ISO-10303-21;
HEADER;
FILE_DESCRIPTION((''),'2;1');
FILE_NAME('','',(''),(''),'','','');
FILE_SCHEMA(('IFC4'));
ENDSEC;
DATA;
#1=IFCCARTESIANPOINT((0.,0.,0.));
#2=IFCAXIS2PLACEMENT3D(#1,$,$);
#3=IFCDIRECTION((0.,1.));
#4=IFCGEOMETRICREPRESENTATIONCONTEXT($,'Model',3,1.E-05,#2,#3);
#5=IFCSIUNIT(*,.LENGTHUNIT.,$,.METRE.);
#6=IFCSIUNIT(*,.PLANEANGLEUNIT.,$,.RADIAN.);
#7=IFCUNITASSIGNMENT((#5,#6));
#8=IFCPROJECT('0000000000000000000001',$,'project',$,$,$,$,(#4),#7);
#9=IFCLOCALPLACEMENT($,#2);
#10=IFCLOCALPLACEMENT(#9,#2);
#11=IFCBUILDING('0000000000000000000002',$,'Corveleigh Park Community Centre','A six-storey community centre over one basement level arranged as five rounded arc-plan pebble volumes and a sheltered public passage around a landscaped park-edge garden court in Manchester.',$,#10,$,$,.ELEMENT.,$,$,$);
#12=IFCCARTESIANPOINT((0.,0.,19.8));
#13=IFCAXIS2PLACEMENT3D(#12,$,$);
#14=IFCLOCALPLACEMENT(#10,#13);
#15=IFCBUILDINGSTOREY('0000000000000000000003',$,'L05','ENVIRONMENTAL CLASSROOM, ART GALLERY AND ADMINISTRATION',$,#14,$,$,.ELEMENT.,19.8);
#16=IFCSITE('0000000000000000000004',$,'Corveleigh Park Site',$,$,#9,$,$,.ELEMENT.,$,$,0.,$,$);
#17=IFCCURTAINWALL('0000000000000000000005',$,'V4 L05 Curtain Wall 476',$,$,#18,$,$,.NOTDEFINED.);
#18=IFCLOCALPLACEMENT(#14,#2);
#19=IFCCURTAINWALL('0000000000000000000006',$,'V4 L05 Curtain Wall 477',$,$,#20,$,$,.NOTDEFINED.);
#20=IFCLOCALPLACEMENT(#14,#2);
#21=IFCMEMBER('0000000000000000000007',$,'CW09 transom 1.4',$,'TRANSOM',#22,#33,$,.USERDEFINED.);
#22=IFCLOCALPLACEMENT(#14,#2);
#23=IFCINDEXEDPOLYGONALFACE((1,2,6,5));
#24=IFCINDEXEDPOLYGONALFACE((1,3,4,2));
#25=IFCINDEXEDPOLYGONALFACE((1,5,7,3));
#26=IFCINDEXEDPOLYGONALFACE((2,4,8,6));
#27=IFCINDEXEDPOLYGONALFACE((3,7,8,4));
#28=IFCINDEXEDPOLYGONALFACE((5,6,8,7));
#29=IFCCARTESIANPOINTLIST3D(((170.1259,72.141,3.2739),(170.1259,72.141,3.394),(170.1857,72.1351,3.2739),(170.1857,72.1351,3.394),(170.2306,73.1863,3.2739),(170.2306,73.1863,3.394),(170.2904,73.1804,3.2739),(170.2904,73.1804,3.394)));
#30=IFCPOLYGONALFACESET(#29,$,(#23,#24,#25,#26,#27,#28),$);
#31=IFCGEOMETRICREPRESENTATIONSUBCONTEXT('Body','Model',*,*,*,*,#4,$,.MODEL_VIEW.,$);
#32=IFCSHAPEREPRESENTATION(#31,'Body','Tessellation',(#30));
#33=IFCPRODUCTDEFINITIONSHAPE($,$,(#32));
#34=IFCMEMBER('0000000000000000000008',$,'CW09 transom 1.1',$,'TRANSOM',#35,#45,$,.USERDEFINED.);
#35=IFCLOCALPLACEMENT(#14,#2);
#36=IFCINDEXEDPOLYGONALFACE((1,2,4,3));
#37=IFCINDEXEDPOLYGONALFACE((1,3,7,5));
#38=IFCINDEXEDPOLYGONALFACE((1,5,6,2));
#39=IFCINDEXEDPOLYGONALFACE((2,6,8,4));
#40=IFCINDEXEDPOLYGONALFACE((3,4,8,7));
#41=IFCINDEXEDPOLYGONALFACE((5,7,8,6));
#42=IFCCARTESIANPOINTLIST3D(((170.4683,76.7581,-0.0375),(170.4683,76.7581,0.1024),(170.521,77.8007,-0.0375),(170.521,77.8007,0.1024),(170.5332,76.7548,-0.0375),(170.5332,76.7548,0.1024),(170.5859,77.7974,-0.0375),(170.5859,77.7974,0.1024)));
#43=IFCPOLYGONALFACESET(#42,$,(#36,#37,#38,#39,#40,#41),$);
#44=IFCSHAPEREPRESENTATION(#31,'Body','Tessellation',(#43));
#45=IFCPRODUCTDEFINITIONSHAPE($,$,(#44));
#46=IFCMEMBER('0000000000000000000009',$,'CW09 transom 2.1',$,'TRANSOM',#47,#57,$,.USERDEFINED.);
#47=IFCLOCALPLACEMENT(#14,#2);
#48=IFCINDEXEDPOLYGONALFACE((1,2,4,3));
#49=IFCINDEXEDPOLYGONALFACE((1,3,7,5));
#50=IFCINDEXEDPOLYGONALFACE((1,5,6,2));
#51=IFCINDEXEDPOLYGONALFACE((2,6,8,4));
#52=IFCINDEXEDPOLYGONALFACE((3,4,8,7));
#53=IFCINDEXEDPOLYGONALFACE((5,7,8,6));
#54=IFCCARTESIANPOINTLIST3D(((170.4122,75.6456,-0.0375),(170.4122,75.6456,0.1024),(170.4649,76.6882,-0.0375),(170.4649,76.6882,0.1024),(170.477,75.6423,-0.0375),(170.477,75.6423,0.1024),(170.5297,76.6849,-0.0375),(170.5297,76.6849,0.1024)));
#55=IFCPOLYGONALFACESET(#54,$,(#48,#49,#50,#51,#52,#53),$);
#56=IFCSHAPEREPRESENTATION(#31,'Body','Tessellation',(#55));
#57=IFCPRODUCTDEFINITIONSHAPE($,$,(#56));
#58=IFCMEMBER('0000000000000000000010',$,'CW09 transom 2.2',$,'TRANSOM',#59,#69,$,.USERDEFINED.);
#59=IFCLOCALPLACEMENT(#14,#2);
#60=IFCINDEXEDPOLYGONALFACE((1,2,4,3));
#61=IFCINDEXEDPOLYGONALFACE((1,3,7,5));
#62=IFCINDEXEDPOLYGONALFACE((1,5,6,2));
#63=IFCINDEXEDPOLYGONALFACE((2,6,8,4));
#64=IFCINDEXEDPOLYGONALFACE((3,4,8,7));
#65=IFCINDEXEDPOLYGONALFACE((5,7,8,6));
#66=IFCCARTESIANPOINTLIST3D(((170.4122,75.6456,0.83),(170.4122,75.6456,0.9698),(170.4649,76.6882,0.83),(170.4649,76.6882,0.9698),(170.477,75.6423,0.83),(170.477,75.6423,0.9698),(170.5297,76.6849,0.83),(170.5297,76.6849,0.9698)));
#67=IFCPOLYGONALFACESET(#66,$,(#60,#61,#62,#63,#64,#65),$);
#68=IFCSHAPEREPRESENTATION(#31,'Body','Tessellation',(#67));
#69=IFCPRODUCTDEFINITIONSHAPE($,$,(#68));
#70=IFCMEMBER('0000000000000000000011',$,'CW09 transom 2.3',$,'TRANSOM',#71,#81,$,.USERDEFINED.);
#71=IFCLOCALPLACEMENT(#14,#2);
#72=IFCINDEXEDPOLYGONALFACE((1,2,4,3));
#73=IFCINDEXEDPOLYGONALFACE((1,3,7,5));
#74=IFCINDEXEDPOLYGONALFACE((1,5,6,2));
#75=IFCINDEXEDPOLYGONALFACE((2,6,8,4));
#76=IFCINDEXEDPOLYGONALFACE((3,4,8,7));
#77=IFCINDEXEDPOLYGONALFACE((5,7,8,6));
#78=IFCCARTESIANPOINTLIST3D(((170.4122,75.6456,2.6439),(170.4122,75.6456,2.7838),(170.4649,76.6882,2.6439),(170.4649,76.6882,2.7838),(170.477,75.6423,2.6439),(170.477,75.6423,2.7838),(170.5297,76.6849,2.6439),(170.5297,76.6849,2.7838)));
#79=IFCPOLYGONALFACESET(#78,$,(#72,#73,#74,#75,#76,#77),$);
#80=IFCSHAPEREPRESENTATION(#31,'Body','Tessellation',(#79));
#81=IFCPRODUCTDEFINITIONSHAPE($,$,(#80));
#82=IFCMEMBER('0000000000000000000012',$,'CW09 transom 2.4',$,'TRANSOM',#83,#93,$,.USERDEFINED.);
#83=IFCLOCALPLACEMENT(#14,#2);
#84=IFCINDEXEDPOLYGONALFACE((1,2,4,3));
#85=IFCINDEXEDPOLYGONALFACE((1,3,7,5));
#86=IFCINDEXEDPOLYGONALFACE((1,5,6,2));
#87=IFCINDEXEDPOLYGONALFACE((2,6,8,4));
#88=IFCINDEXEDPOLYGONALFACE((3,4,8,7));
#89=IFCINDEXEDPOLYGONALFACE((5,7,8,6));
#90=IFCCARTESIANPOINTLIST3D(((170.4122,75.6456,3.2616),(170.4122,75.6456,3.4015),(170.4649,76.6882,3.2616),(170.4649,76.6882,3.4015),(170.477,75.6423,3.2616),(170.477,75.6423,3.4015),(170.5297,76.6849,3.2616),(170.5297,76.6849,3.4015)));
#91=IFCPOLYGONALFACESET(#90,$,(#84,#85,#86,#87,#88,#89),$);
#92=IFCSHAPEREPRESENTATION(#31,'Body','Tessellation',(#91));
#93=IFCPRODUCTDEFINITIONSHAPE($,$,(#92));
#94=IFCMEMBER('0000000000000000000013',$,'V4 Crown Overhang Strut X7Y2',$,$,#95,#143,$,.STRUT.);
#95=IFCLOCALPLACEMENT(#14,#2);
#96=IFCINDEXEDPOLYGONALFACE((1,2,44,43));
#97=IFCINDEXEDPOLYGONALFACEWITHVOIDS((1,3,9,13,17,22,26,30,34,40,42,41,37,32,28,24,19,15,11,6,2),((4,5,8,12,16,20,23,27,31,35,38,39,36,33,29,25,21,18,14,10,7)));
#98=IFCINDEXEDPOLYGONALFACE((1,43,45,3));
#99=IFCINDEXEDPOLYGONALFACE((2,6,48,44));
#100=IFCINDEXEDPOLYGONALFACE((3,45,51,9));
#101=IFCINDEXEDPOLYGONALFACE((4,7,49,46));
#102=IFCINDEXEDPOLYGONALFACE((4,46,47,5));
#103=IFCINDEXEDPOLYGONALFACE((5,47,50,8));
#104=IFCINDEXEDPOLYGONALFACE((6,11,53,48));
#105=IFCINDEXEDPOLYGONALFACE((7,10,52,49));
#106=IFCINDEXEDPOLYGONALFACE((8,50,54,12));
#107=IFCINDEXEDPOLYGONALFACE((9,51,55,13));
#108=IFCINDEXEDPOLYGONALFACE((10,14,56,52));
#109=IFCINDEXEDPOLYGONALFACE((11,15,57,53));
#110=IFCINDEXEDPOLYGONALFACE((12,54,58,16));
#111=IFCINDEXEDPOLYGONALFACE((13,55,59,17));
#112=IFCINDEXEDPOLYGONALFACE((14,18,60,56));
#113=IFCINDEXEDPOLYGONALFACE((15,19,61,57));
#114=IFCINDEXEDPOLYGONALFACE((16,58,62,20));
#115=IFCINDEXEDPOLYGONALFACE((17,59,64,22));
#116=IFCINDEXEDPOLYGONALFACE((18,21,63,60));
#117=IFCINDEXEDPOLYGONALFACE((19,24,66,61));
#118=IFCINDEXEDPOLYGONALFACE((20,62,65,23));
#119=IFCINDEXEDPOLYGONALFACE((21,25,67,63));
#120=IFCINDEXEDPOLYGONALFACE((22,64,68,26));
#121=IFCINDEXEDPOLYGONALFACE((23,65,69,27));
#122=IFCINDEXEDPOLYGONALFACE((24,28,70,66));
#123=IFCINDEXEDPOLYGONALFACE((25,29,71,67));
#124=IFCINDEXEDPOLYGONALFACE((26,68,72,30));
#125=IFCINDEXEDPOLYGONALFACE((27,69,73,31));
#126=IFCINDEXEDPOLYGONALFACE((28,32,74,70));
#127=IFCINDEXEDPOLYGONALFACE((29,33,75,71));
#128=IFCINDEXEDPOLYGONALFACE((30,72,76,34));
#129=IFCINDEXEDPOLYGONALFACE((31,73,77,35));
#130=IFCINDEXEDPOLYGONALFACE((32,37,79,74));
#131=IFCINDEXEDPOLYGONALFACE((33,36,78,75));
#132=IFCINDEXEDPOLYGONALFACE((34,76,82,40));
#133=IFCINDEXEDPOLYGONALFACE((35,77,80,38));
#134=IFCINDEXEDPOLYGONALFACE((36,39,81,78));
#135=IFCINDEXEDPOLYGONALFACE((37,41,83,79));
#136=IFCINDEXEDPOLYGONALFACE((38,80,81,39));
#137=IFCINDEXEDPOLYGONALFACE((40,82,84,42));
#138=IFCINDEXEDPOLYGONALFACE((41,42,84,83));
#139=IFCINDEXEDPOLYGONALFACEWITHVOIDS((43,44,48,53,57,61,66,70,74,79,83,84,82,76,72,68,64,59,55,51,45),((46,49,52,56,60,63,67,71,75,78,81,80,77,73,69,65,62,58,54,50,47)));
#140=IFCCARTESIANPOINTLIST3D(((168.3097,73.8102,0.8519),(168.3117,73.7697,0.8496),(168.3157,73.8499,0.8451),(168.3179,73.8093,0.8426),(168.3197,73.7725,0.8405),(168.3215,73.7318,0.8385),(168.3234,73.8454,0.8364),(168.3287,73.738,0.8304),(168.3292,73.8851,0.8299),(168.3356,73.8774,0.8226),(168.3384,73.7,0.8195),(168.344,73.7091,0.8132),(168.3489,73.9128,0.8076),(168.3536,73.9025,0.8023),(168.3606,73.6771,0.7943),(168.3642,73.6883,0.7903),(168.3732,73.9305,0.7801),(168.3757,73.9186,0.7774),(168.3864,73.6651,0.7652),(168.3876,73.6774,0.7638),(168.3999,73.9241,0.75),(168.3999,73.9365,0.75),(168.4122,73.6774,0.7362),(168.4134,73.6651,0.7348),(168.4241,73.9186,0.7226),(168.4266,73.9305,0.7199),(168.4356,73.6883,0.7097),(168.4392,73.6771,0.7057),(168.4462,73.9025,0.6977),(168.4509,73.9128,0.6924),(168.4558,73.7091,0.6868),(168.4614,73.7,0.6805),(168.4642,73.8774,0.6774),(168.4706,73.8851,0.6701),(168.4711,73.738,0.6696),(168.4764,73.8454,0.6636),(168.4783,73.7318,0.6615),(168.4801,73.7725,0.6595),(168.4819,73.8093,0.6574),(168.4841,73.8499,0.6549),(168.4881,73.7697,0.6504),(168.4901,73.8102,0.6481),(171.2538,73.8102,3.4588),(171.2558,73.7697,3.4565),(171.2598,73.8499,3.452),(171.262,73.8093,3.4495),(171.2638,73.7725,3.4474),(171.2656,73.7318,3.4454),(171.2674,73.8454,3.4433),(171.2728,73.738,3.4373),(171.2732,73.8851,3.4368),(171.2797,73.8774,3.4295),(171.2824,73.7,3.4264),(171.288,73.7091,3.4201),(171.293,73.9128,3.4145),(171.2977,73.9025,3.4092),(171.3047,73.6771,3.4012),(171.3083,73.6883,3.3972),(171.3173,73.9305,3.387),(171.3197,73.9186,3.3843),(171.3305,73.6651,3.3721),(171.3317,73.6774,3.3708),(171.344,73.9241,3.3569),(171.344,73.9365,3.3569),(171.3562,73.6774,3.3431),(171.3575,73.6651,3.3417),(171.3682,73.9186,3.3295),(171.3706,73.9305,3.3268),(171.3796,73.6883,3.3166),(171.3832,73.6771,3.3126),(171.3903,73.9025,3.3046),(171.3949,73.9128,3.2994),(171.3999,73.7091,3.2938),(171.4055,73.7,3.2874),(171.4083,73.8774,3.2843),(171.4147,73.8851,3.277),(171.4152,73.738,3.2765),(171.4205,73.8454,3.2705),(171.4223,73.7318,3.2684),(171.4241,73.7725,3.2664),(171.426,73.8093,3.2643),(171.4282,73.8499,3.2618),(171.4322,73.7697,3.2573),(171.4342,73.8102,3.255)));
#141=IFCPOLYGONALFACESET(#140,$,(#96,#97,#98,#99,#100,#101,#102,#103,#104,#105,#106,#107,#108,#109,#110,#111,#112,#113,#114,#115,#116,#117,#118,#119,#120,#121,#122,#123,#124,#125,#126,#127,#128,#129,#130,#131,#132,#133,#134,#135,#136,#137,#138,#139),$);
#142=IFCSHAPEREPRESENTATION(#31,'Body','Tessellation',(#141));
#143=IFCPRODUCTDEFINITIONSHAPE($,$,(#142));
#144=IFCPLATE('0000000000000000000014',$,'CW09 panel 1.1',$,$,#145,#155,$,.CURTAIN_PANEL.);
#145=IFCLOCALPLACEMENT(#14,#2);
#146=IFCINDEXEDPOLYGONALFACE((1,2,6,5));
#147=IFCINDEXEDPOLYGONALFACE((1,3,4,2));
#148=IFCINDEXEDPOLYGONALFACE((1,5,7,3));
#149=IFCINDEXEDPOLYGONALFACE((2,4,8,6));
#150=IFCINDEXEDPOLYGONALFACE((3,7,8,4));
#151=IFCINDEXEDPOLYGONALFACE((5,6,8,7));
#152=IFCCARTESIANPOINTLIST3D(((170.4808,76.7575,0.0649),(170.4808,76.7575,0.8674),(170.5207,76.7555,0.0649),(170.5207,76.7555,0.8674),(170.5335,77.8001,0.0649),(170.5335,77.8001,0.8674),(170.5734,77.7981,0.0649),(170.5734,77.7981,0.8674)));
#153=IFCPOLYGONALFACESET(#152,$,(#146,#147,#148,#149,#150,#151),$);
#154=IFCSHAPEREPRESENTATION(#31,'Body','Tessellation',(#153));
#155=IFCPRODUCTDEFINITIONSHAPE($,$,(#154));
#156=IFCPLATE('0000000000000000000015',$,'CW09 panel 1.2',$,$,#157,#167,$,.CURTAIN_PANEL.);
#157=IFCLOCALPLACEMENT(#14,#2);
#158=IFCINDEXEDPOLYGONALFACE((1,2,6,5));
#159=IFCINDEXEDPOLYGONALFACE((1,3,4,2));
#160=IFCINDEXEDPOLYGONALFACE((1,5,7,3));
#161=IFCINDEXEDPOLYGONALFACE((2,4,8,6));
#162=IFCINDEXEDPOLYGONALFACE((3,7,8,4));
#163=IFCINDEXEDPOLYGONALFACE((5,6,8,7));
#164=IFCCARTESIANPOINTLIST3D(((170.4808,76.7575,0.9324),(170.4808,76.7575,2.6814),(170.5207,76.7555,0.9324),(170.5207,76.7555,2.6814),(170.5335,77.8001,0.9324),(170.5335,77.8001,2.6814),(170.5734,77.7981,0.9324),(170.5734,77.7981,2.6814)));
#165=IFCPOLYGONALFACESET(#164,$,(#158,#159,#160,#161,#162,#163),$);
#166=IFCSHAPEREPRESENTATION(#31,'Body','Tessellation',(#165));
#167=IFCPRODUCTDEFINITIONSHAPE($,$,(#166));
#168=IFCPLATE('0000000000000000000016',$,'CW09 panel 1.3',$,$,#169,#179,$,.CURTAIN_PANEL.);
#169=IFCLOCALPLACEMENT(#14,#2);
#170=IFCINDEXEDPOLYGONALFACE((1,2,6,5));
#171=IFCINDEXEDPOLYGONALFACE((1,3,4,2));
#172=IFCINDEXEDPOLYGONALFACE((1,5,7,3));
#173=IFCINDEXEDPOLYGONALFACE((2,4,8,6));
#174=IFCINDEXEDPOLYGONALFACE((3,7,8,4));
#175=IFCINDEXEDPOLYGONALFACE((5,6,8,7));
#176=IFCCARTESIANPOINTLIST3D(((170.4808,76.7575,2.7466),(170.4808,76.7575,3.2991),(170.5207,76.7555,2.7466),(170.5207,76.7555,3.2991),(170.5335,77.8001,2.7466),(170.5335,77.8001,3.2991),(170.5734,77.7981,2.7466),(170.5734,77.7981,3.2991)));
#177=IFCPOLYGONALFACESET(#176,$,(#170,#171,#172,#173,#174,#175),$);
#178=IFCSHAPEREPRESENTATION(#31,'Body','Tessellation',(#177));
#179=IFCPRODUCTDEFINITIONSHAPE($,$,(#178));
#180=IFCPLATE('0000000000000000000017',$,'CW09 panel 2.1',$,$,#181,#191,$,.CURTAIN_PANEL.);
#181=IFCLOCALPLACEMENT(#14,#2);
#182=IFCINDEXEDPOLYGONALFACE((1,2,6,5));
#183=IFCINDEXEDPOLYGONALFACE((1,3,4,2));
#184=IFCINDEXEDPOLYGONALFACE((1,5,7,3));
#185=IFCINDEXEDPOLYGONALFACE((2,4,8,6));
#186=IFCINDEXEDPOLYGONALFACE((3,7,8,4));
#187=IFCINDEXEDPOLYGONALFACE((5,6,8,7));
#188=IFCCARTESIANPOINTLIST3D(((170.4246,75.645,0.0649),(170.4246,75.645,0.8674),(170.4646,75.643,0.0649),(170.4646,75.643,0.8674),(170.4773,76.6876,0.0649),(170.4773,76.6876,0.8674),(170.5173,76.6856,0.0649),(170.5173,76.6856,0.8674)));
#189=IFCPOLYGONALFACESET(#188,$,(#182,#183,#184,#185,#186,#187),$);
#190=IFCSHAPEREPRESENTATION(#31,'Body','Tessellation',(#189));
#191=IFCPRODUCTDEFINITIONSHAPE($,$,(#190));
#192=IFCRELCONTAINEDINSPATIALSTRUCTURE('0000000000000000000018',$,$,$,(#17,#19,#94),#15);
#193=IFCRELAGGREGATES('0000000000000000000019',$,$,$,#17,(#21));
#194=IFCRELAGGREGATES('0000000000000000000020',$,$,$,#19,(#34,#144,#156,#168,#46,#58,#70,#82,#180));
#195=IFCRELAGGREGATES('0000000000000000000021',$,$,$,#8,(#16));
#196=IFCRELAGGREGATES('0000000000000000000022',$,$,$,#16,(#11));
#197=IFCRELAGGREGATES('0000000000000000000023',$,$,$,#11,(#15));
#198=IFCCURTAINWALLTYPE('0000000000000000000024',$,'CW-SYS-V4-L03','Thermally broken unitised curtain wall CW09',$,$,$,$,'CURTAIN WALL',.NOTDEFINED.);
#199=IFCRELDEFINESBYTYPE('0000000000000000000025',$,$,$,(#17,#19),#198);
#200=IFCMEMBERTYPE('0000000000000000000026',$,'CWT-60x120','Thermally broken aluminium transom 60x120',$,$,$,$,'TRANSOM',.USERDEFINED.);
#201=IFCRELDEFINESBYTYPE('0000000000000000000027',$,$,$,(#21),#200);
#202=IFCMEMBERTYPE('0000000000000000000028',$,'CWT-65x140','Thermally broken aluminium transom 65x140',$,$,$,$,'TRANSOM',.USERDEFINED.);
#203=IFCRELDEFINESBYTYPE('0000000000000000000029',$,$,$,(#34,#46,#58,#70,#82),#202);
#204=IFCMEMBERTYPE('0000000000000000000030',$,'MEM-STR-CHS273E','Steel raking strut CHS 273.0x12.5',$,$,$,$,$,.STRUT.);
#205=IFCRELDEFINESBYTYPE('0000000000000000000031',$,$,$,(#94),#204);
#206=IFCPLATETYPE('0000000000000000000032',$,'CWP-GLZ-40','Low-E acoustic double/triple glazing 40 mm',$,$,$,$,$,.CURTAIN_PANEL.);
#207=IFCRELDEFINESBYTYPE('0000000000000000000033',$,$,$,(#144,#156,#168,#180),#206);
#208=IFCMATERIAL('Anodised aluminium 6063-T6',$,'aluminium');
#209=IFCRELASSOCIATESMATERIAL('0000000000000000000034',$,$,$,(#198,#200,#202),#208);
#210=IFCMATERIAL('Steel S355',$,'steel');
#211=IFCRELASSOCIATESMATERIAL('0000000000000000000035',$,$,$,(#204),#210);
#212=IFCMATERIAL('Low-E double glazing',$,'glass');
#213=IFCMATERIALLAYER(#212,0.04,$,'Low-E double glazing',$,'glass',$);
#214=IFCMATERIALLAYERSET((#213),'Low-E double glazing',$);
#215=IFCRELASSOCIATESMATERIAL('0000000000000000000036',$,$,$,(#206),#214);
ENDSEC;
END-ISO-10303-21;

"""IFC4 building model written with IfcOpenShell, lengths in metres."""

from ifc_helpers import new_model, si_unit, direction, frame, origin, origin_2d, place, context, subcontext, project, spatial, rectangle, hollow_circle, extrude, material, layer, layer_set, material_profile, profile_set, type_object, element, aggregate, save


model = new_model("IFC4")

# Units and contexts
model_context = context("Model", 3, precision=1e-05, world=origin(), true_north=direction((0.0, 1.0)))
body_context = subcontext(model_context, "Body", "Model", "MODEL_VIEW")
ifc_project = project(units=[si_unit("LENGTHUNIT", "METRE"), si_unit("PLANEANGLEUNIT", "RADIAN")], contexts=[model_context])

# Site, building, storey
site_placement = place(None, origin())
site = spatial("IfcSite", under=ifc_project, at=site_placement, Name="Corveleigh Park Site", CompositionType="ELEMENT", RefElevation=0.0)
building_placement = place(site_placement, origin())
building = spatial("IfcBuilding", under=site, at=building_placement, Name="Corveleigh Park Community Centre", Description="A six-storey community centre over one basement level arranged as five rounded arc-plan pebble volumes and a sheltered public passage around a landscaped park-edge garden court in Manchester.", CompositionType="ELEMENT")
storey_placement = place(building_placement, frame((0.0, 0.0, 19.8)))
storey = spatial("IfcBuildingStorey", under=building, at=storey_placement, Name="L05", Description="ENVIRONMENTAL CLASSROOM, ART GALLERY AND ADMINISTRATION", CompositionType="ELEMENT", Elevation=19.8)

# Shared definitions
ifc_material_1 = material(Name="Steel S355", Category="steel")

# Curtain wall
ifc_material_2 = material(Name="Anodised aluminium 6063-T6", Category="aluminium")
curtain_wall_type = type_object("IfcCurtainWallType", Name="CW-SYS-V4-L03", Description="Thermally broken unitised curtain wall CW09", ElementType="CURTAIN WALL", PredefinedType="NOTDEFINED", material=ifc_material_2)
curtain_wall_1_placement = place(storey_placement, origin())
curtain_wall_1 = element("IfcCurtainWall", 1, at=curtain_wall_1_placement, inside=storey, type_object=curtain_wall_type, Name="V4 L05 Curtain Wall 476", PredefinedType="NOTDEFINED")

# Curtain wall
curtain_wall_2_placement = place(storey_placement, origin())
curtain_wall_2 = element("IfcCurtainWall", 2, at=curtain_wall_2_placement, inside=storey, type_object=curtain_wall_type, Name="V4 L05 Curtain Wall 477", PredefinedType="NOTDEFINED")

# Members
ifc_material_profile_1 = material_profile(ifc_material_2, rectangle(XDim=0.0601, YDim=0.1201, at=origin_2d()), Name="ALU-T60x120", Category="aluminium")
ifc_profile_set_1 = profile_set([ifc_material_profile_1], Name="Anodised aluminium 6063-T6")
member_type_1 = type_object("IfcMemberType", Name="CWT-60x120", Description="Thermally broken aluminium transom 60x120", ElementType="TRANSOM", PredefinedType="USERDEFINED", material=ifc_profile_set_1)
member_1_placement = place(storey_placement, frame((170.2605, 73.1833, 3.334), z_axis=(-0.099688, -0.995019, 0.0), x_axis=(0.995019, -0.099688, 0.0)))
member_1 = element("IfcMember", 3, at=member_1_placement, type_object=member_type_1, Name="CW09 transom 1.4", ObjectType="TRANSOM", PredefinedType="USERDEFINED", context=body_context, shape_type="SweptSolid", body=[
    extrude(rectangle(XDim=0.0601, YDim=0.1201, at=origin_2d()), origin(), (0.0, 0.0, 1.0), 1.0505),
])
aggregate(curtain_wall_1, [member_1])
ifc_material_profile_2 = material_profile(ifc_material_2, rectangle(XDim=0.0649, YDim=0.1399, at=origin_2d()), Name="ALU-T65x140", Category="aluminium")
ifc_profile_set_2 = profile_set([ifc_material_profile_2], Name="Anodised aluminium 6063-T6")
member_type_2 = type_object("IfcMemberType", Name="CWT-65x140", Description="Thermally broken aluminium transom 65x140", ElementType="TRANSOM", PredefinedType="USERDEFINED", material=ifc_profile_set_2)
member_2_placement = place(storey_placement, frame((170.5535, 77.7991, 0.0325), z_axis=(-0.050509, -0.998724, 0.0), x_axis=(0.998724, -0.050509, 0.0)))
member_2 = element("IfcMember", 4, at=member_2_placement, type_object=member_type_2, Name="CW09 transom 1.1", ObjectType="TRANSOM", PredefinedType="USERDEFINED", context=body_context, shape_type="SweptSolid", body=[
    extrude(rectangle(XDim=0.0649, YDim=0.1399, at=origin_2d()), origin(), (0.0, 0.0, 1.0), 1.0439),
])
member_3_placement = place(storey_placement, frame((170.4973, 76.6865, 0.0325), z_axis=(-0.050509, -0.998724, 0.0), x_axis=(0.998724, -0.050509, 0.0)))
member_3 = element("IfcMember", 5, at=member_3_placement, type_object=member_type_2, Name="CW09 transom 2.1", ObjectType="TRANSOM", PredefinedType="USERDEFINED", context=body_context, shape_type="SweptSolid", body=[
    extrude(rectangle(XDim=0.0649, YDim=0.1399, at=origin_2d()), origin(), (0.0, 0.0, 1.0), 1.0439),
])
member_4_placement = place(storey_placement, frame((170.4973, 76.6865, 0.8999), z_axis=(-0.050509, -0.998724, 0.0), x_axis=(0.998724, -0.050509, 0.0)))
member_4 = element("IfcMember", 6, at=member_4_placement, type_object=member_type_2, Name="CW09 transom 2.2", ObjectType="TRANSOM", PredefinedType="USERDEFINED", context=body_context, shape_type="SweptSolid", body=[
    extrude(rectangle(XDim=0.0649, YDim=0.1399, at=origin_2d()), origin(), (0.0, 0.0, 1.0), 1.0439),
])
member_5_placement = place(storey_placement, frame((170.4973, 76.6865, 2.7139), z_axis=(-0.050509, -0.998724, 0.0), x_axis=(0.998724, -0.050509, 0.0)))
member_5 = element("IfcMember", 7, at=member_5_placement, type_object=member_type_2, Name="CW09 transom 2.3", ObjectType="TRANSOM", PredefinedType="USERDEFINED", context=body_context, shape_type="SweptSolid", body=[
    extrude(rectangle(XDim=0.0649, YDim=0.1399, at=origin_2d()), origin(), (0.0, 0.0, 1.0), 1.0439),
])
member_6_placement = place(storey_placement, frame((170.4973, 76.6865, 3.3315), z_axis=(-0.050509, -0.998724, 0.0), x_axis=(0.998724, -0.050509, 0.0)))
member_6 = element("IfcMember", 8, at=member_6_placement, type_object=member_type_2, Name="CW09 transom 2.4", ObjectType="TRANSOM", PredefinedType="USERDEFINED", context=body_context, shape_type="SweptSolid", body=[
    extrude(rectangle(XDim=0.0649, YDim=0.1399, at=origin_2d()), origin(), (0.0, 0.0, 1.0), 1.0439),
])
ifc_material_profile_3 = material_profile(ifc_material_1, hollow_circle(Radius=0.1365, WallThickness=0.0125, at=origin_2d()), Name="CHS 273.0x12.5", Category="steel")
ifc_profile_set_3 = profile_set([ifc_material_profile_3], Name="Steel S355")
member_type_3 = type_object("IfcMemberType", Name="MEM-STR-CHS273E", Description="Steel raking strut CHS 273.0x12.5", PredefinedType="STRUT", material=ifc_profile_set_3)
member_7_placement = place(storey_placement, frame((168.3999, 73.8, 0.75), z_axis=(0.748675, 0.0, 0.662937), x_axis=(0.0, 1.0, 0.0)))
element("IfcMember", 9, at=member_7_placement, inside=storey, type_object=member_type_3, Name="V4 Crown Overhang Strut X7Y2", PredefinedType="STRUT", context=body_context, shape_type="SweptSolid", body=[
    extrude(hollow_circle(Radius=0.1365, WallThickness=0.0125, at=origin_2d()), origin(), (0.0, 0.0, 1.0), 3.9324),
])

# Plates
ifc_material_3 = material(Name="Low-E double glazing", Category="glass")
ifc_layer_1 = layer(ifc_material_3, 0.04, Name="Low-E double glazing", Category="glass")
ifc_layer_set_1 = layer_set([ifc_layer_1], Name="Low-E double glazing")
plate_type_1 = type_object("IfcPlateType", Name="CWP-GLZ-40", Description="Low-E acoustic double/triple glazing 40 mm", PredefinedType="CURTAIN_PANEL", material=ifc_layer_set_1)
plate_1_placement = place(storey_placement, frame((170.5271, 77.2778, 0.0649), z_axis=(0.0, 0.0, 1.0), x_axis=(-0.05048, -0.998725, 0.0)))
plate_1 = element("IfcPlate", 10, at=plate_1_placement, type_object=plate_type_1, Name="CW09 panel 1.1", PredefinedType="CURTAIN_PANEL", context=body_context, shape_type="SweptSolid", body=[
    extrude(rectangle(XDim=1.0439, YDim=0.04, at=origin_2d()), origin(), (0.0, 0.0, 1.0), 0.8025),
])
plate_2_placement = place(storey_placement, frame((170.5271, 77.2778, 0.9324), z_axis=(0.0, 0.0, 1.0), x_axis=(-0.05048, -0.998725, 0.0)))
plate_2 = element("IfcPlate", 11, at=plate_2_placement, type_object=plate_type_1, Name="CW09 panel 1.2", PredefinedType="CURTAIN_PANEL", context=body_context, shape_type="SweptSolid", body=[
    extrude(rectangle(XDim=1.0439, YDim=0.04, at=origin_2d()), origin(), (0.0, 0.0, 1.0), 1.749),
])
plate_3_placement = place(storey_placement, frame((170.5271, 77.2778, 2.7466), z_axis=(0.0, 0.0, 1.0), x_axis=(-0.05048, -0.998725, 0.0)))
plate_3 = element("IfcPlate", 12, at=plate_3_placement, type_object=plate_type_1, Name="CW09 panel 1.3", PredefinedType="CURTAIN_PANEL", context=body_context, shape_type="SweptSolid", body=[
    extrude(rectangle(XDim=1.0439, YDim=0.04, at=origin_2d()), origin(), (0.0, 0.0, 1.0), 0.5525),
])
plate_4_placement = place(storey_placement, frame((170.4709, 76.1653, 0.0649), z_axis=(0.0, 0.0, 1.0), x_axis=(-0.05048, -0.998725, 0.0)))
plate_4 = element("IfcPlate", 13, at=plate_4_placement, type_object=plate_type_1, Name="CW09 panel 2.1", PredefinedType="CURTAIN_PANEL", context=body_context, shape_type="SweptSolid", body=[
    extrude(rectangle(XDim=1.0439, YDim=0.04, at=origin_2d()), origin(), (0.0, 0.0, 1.0), 0.8025),
])
aggregate(curtain_wall_2, [member_2, plate_1, plate_2, plate_3, member_3, member_4, member_5, member_6, plate_4])

save(model, "model.ifc")
